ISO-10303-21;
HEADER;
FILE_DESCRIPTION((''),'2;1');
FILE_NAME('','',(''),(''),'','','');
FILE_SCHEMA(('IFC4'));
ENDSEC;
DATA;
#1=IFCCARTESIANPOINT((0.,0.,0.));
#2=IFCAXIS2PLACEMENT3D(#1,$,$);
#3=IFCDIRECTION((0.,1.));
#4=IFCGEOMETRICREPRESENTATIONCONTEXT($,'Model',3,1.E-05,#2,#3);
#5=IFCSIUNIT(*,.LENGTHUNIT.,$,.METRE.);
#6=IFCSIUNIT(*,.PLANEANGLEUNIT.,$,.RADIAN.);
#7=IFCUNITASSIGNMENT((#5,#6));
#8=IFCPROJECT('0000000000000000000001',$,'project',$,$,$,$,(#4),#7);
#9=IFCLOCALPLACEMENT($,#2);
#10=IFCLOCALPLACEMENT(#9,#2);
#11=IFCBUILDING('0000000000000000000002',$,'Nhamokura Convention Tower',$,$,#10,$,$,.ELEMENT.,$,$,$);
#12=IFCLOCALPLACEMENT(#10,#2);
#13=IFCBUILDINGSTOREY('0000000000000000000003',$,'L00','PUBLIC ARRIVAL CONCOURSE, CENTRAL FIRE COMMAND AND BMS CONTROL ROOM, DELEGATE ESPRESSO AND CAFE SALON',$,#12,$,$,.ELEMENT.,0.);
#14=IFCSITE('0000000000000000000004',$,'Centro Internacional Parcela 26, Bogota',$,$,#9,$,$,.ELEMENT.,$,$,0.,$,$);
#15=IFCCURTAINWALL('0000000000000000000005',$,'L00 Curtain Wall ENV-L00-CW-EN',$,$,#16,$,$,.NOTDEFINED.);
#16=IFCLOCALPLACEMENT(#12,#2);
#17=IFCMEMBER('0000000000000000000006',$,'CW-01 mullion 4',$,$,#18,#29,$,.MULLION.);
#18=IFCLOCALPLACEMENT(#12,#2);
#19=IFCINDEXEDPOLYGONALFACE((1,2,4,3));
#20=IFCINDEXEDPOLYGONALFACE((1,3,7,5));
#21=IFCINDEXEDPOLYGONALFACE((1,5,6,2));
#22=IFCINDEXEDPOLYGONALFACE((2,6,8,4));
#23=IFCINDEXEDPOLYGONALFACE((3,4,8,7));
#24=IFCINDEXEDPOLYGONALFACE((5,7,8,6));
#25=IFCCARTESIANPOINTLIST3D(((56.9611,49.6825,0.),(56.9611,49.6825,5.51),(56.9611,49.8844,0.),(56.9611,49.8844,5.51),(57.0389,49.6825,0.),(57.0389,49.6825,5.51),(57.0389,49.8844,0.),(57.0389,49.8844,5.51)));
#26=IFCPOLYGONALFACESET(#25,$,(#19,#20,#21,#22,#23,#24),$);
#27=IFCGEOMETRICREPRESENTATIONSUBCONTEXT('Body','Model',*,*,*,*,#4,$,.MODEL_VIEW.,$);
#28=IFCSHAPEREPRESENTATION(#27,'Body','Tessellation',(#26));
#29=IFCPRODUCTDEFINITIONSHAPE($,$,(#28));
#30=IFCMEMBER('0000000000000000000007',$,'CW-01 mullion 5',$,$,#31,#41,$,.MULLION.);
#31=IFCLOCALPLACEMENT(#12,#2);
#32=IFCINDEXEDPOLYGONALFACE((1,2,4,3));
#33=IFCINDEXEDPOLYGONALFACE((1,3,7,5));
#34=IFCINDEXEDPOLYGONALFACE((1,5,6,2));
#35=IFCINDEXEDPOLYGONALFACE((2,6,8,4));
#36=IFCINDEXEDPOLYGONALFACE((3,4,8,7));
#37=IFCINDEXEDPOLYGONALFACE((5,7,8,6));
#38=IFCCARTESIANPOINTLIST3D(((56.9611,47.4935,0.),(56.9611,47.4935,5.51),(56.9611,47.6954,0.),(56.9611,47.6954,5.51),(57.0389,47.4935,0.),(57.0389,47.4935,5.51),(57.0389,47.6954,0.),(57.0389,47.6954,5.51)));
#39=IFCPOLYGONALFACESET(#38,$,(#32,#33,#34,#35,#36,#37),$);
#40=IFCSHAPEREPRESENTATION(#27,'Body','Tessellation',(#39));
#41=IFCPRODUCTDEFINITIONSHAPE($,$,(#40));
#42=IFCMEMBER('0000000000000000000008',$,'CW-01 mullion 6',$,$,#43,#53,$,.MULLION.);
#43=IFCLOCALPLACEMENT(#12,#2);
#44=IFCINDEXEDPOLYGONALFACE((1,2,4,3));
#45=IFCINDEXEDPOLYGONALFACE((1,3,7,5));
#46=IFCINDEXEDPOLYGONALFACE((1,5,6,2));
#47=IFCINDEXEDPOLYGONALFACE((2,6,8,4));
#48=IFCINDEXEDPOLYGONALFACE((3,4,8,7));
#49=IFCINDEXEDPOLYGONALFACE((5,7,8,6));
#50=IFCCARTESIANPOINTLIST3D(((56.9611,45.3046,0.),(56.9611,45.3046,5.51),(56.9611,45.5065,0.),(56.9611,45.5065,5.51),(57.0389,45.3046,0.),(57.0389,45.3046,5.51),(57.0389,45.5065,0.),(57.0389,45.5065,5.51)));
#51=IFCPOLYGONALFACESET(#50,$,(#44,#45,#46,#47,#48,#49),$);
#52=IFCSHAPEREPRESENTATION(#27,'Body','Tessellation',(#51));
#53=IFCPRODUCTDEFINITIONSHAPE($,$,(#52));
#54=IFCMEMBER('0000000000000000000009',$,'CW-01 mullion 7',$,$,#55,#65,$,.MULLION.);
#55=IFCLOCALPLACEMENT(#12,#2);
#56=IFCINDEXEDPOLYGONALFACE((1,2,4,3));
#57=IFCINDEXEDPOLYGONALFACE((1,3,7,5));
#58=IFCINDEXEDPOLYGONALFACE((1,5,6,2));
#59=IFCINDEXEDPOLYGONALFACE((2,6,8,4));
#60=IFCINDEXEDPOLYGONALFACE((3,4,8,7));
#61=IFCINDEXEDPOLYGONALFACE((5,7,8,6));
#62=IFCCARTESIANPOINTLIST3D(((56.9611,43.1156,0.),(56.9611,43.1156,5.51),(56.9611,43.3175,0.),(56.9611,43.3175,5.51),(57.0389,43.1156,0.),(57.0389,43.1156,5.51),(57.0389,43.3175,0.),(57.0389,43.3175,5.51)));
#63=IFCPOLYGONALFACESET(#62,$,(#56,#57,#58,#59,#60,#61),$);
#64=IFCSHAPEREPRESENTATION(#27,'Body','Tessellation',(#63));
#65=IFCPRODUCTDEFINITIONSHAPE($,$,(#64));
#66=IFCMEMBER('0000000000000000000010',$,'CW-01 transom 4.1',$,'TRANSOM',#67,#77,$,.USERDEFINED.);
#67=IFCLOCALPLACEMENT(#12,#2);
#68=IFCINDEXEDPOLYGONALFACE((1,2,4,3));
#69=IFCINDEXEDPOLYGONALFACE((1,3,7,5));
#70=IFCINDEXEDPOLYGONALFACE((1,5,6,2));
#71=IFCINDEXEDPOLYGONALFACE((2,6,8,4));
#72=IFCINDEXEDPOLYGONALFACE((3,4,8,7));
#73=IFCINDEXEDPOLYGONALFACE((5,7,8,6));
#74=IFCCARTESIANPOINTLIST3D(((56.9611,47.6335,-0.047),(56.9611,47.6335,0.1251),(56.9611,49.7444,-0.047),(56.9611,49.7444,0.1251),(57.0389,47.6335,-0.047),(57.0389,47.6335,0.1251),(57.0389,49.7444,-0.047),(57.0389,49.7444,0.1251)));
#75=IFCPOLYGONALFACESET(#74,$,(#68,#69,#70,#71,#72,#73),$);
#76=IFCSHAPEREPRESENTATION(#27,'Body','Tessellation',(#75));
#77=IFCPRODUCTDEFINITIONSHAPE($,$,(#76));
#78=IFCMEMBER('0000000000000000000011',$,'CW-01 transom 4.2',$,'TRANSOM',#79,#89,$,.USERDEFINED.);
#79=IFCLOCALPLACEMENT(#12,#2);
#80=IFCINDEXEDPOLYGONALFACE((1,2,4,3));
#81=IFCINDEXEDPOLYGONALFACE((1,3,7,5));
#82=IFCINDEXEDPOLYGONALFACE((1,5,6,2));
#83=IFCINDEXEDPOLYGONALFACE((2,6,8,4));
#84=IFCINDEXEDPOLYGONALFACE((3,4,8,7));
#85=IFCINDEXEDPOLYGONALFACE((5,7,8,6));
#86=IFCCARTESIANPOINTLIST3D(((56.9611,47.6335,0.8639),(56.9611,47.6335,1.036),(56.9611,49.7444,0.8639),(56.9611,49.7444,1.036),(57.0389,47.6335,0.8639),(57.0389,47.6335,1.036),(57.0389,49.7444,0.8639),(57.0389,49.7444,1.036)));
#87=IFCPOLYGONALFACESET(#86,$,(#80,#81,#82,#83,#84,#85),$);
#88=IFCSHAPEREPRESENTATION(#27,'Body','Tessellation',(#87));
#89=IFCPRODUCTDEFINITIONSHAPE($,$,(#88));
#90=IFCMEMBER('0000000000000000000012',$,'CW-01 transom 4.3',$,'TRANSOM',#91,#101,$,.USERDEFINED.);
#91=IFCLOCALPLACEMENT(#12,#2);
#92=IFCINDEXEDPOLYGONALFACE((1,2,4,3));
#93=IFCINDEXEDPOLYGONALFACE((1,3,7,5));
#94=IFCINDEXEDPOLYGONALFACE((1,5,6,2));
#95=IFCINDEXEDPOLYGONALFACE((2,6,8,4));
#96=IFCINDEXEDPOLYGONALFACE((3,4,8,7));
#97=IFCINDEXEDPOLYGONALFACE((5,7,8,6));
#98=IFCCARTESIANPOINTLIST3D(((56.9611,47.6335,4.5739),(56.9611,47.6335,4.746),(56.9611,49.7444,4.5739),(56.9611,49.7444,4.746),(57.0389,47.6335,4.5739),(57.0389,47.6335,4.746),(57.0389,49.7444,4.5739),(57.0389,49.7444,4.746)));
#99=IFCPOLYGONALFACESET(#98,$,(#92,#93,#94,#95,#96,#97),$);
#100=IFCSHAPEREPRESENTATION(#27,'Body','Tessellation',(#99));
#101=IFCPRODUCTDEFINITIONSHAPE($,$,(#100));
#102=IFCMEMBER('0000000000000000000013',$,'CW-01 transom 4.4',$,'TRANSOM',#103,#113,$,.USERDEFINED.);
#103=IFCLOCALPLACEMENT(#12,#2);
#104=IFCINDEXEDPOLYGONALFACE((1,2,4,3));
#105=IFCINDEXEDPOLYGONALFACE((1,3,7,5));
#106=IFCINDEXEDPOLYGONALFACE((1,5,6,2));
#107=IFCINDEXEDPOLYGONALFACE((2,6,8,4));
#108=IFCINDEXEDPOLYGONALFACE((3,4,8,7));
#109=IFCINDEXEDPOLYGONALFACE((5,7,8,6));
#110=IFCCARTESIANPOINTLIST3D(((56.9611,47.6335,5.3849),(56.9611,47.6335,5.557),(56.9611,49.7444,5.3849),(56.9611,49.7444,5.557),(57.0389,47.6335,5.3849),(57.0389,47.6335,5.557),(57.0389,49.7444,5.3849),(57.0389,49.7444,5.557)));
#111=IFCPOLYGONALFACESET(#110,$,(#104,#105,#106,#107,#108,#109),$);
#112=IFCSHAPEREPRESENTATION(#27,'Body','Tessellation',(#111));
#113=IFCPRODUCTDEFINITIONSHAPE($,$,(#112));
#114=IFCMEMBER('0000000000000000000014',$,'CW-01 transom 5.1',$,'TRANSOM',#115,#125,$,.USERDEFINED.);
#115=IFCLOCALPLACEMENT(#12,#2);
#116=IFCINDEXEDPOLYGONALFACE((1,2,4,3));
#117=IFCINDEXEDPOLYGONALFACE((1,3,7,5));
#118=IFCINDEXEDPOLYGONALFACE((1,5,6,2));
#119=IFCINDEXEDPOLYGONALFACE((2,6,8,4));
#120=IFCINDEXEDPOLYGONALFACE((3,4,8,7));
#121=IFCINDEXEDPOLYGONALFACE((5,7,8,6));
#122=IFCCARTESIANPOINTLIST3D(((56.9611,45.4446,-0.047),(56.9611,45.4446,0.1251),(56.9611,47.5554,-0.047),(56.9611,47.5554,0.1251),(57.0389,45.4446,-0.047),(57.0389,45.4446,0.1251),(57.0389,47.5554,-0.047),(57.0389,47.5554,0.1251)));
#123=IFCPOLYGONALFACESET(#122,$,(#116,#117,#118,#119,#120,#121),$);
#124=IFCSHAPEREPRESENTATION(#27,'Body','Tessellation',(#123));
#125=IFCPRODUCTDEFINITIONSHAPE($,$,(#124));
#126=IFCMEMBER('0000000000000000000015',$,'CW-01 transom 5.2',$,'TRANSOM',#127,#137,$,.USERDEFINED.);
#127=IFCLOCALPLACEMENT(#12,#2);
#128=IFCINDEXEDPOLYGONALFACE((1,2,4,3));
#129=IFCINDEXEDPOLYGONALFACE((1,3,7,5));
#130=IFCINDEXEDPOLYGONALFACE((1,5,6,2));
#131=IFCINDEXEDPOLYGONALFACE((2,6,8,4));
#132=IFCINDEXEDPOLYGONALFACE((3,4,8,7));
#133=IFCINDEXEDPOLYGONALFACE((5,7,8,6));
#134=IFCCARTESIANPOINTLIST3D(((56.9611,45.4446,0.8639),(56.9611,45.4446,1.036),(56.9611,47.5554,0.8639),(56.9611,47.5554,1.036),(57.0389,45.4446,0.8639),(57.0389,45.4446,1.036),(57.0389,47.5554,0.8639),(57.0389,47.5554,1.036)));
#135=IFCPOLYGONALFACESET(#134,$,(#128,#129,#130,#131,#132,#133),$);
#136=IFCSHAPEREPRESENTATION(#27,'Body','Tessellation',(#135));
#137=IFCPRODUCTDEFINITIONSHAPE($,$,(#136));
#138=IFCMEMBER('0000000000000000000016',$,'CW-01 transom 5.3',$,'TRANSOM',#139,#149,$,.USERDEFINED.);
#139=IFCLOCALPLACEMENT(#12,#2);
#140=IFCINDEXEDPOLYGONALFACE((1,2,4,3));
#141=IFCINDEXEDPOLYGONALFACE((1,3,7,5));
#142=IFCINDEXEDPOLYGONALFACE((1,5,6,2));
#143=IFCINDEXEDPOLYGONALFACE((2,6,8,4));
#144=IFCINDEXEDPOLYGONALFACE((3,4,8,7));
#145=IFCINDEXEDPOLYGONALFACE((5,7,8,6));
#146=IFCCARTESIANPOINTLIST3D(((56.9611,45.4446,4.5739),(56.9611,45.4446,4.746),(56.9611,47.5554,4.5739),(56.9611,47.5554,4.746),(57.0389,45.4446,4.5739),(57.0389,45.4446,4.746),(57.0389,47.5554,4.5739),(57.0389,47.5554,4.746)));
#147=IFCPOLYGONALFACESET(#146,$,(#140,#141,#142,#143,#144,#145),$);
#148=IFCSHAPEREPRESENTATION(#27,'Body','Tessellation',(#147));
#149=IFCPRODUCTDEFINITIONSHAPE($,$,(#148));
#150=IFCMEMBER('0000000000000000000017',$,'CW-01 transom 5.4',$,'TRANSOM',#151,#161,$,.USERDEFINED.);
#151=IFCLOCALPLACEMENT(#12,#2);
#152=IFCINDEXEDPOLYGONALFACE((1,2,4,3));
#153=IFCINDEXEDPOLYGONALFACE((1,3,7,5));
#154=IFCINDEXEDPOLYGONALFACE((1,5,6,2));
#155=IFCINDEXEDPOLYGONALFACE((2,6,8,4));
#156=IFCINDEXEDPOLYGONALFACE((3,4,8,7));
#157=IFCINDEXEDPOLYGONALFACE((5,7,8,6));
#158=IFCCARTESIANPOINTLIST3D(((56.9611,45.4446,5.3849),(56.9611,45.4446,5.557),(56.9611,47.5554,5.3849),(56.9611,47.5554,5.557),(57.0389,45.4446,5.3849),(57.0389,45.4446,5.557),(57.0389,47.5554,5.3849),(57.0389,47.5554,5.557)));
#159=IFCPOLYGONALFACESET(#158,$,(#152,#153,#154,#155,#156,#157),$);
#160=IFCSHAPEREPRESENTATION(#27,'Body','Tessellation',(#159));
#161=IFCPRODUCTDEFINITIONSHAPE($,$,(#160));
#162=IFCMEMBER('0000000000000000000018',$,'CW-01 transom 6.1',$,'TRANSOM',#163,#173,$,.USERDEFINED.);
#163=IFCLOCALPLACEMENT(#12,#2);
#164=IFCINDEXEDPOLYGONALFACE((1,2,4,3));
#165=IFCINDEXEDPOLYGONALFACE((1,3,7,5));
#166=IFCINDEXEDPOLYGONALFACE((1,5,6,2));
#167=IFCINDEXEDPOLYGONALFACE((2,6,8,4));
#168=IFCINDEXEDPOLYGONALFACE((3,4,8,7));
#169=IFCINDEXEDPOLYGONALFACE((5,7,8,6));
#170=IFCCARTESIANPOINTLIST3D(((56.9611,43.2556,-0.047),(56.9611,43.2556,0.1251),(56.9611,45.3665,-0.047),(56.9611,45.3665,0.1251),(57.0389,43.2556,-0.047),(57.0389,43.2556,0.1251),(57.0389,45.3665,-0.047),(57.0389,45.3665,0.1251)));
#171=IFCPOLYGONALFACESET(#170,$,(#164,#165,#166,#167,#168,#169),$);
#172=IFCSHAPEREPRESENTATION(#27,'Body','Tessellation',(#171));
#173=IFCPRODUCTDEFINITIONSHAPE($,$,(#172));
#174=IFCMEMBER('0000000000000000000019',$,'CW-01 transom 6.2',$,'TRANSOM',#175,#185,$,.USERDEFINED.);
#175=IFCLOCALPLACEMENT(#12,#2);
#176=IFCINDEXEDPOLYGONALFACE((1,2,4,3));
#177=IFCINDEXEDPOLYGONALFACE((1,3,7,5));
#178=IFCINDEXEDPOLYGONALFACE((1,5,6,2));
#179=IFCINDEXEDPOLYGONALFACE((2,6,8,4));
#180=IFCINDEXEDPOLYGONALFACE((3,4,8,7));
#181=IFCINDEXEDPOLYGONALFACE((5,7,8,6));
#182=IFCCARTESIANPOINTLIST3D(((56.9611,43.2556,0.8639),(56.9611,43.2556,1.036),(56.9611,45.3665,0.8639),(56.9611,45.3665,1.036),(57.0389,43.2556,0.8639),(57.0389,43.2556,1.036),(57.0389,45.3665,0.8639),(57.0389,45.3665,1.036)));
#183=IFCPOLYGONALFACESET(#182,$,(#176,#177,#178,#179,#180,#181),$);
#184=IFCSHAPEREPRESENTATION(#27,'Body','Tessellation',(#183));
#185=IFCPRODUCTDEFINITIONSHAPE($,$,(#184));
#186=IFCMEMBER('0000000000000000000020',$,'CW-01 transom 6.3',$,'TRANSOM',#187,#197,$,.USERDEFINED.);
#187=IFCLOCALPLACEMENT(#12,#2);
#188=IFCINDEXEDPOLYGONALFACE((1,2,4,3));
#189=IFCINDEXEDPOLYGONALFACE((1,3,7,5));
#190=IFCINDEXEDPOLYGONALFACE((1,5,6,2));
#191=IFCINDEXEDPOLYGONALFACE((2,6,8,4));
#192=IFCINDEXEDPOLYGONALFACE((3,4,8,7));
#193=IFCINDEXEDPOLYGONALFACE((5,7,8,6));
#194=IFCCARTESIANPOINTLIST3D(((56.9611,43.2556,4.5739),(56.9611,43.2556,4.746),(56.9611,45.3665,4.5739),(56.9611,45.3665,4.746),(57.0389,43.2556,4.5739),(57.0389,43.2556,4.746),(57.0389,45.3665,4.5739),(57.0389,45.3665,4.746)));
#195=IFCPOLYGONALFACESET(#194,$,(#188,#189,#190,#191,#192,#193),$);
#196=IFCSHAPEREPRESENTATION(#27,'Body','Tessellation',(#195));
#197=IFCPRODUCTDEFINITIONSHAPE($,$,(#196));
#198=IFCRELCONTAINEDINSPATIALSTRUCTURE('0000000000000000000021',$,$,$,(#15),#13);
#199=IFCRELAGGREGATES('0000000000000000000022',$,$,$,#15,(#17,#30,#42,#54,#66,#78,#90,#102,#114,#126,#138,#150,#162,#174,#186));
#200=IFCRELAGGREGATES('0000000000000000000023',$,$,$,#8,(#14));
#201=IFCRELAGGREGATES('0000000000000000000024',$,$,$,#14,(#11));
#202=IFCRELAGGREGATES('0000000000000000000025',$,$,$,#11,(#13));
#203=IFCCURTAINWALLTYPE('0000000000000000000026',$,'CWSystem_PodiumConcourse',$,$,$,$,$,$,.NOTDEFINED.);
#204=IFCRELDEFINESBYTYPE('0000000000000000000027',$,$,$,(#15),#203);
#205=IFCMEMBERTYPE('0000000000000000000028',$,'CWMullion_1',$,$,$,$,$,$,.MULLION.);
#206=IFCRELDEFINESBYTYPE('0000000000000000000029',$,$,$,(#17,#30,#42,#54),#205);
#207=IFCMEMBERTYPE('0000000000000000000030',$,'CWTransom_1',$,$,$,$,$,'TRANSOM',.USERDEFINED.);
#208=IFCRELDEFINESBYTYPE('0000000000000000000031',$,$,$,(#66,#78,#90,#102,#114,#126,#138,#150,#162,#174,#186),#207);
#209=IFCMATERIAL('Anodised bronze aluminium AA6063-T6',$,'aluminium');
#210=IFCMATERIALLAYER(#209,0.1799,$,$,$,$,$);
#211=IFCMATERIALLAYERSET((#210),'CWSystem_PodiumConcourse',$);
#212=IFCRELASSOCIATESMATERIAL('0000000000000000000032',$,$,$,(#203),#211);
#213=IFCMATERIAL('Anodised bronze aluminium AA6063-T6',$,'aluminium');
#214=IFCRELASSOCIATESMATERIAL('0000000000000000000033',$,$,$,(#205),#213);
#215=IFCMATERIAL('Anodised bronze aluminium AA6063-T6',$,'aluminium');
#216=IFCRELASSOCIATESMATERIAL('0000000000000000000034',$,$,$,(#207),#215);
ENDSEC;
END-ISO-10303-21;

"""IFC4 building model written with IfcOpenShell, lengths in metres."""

from ifc_helpers import new_model, si_unit, direction, frame, origin, origin_2d, place, context, subcontext, project, spatial, rectangle, extrude, material, layer, layer_set, material_profile, profile_set, type_object, element, aggregate, save


model = new_model("IFC4")

# Units and contexts
model_context = context("Model", 3, precision=1e-05, world=origin(), true_north=direction((0.0, 1.0)))
body_context = subcontext(model_context, "Body", "Model", "MODEL_VIEW")
ifc_project = project(units=[si_unit("LENGTHUNIT", "METRE"), si_unit("PLANEANGLEUNIT", "RADIAN")], contexts=[model_context])

# Site, building, storey
site_placement = place(None, origin())
site = spatial("IfcSite", under=ifc_project, at=site_placement, Name="Centro Internacional Parcela 26, Bogota", CompositionType="ELEMENT", RefElevation=0.0)
building_placement = place(site_placement, origin())
building = spatial("IfcBuilding", under=site, at=building_placement, Name="Nhamokura Convention Tower", CompositionType="ELEMENT")
storey_placement = place(building_placement, origin())
storey = spatial("IfcBuildingStorey", under=building, at=storey_placement, Name="L00", Description="PUBLIC ARRIVAL CONCOURSE, CENTRAL FIRE COMMAND AND BMS CONTROL ROOM, DELEGATE ESPRESSO AND CAFE SALON", CompositionType="ELEMENT", Elevation=0.0)

# Curtain wall, members
ifc_material_1 = material(Name="Anodised bronze aluminium AA6063-T6", Category="aluminium")
ifc_layer_1 = layer(ifc_material_1, 0.1799)
ifc_layer_set_1 = layer_set([ifc_layer_1], Name="CWSystem_PodiumConcourse")
curtain_wall_type = type_object("IfcCurtainWallType", Name="CWSystem_PodiumConcourse", PredefinedType="NOTDEFINED", material=ifc_layer_set_1)
curtain_wall_placement = place(storey_placement, origin())
curtain_wall = element("IfcCurtainWall", 1, at=curtain_wall_placement, inside=storey, type_object=curtain_wall_type, Name="L00 Curtain Wall ENV-L00-CW-EN", PredefinedType="NOTDEFINED")
ifc_material_2 = material(Name="Anodised bronze aluminium AA6063-T6", Category="aluminium")
ifc_material_profile_1 = material_profile(ifc_material_2, rectangle(XDim=0.0779, YDim=0.2019, at=origin_2d()))
ifc_profile_set_1 = profile_set([ifc_material_profile_1], Name="Anodised bronze aluminium AA6063-T6")
member_type_1 = type_object("IfcMemberType", Name="CWMullion_1", PredefinedType="MULLION", material=ifc_profile_set_1)
member_1_placement = place(storey_placement, frame((57.0, 49.7834, 0.0), z_axis=(0.0, 0.0, 1.0), x_axis=(1.0, 0.0, 0.0)))
member_1 = element("IfcMember", 2, at=member_1_placement, type_object=member_type_1, Name="CW-01 mullion 4", PredefinedType="MULLION", context=body_context, shape_type="SweptSolid", body=[
    extrude(rectangle(XDim=0.0779, YDim=0.2019, at=origin_2d()), origin(), (0.0, 0.0, 1.0), 5.51),
])
member_2_placement = place(storey_placement, frame((57.0, 47.5945, 0.0), z_axis=(0.0, 0.0, 1.0), x_axis=(1.0, 0.0, 0.0)))
member_2 = element("IfcMember", 3, at=member_2_placement, type_object=member_type_1, Name="CW-01 mullion 5", PredefinedType="MULLION", context=body_context, shape_type="SweptSolid", body=[
    extrude(rectangle(XDim=0.0779, YDim=0.2019, at=origin_2d()), origin(), (0.0, 0.0, 1.0), 5.51),
])
member_3_placement = place(storey_placement, frame((57.0, 45.4055, 0.0), z_axis=(0.0, 0.0, 1.0), x_axis=(1.0, 0.0, 0.0)))
member_3 = element("IfcMember", 4, at=member_3_placement, type_object=member_type_1, Name="CW-01 mullion 6", PredefinedType="MULLION", context=body_context, shape_type="SweptSolid", body=[
    extrude(rectangle(XDim=0.0779, YDim=0.2019, at=origin_2d()), origin(), (0.0, 0.0, 1.0), 5.51),
])
member_4_placement = place(storey_placement, frame((57.0, 43.2166, 0.0), z_axis=(0.0, 0.0, 1.0), x_axis=(1.0, 0.0, 0.0)))
member_4 = element("IfcMember", 5, at=member_4_placement, type_object=member_type_1, Name="CW-01 mullion 7", PredefinedType="MULLION", context=body_context, shape_type="SweptSolid", body=[
    extrude(rectangle(XDim=0.0779, YDim=0.2019, at=origin_2d()), origin(), (0.0, 0.0, 1.0), 5.51),
])
ifc_material_3 = material(Name="Anodised bronze aluminium AA6063-T6", Category="aluminium")
ifc_material_profile_2 = material_profile(ifc_material_3, rectangle(XDim=0.0779, YDim=0.1721, at=origin_2d()))
ifc_profile_set_2 = profile_set([ifc_material_profile_2], Name="Anodised bronze aluminium AA6063-T6")
member_type_2 = type_object("IfcMemberType", Name="CWTransom_1", ElementType="TRANSOM", PredefinedType="USERDEFINED", material=ifc_profile_set_2)
member_5_placement = place(storey_placement, frame((57.0, 49.7444, 0.0391), z_axis=(0.0, -1.0, 0.0), x_axis=(1.0, 0.0, 0.0)))
member_5 = element("IfcMember", 6, at=member_5_placement, type_object=member_type_2, Name="CW-01 transom 4.1", ObjectType="TRANSOM", PredefinedType="USERDEFINED", context=body_context, shape_type="SweptSolid", body=[
    extrude(rectangle(XDim=0.0779, YDim=0.1721, at=origin_2d()), origin(), (0.0, 0.0, 1.0), 2.1108),
])
member_6_placement = place(storey_placement, frame((57.0, 49.7444, 0.95), z_axis=(0.0, -1.0, 0.0), x_axis=(1.0, 0.0, 0.0)))
member_6 = element("IfcMember", 7, at=member_6_placement, type_object=member_type_2, Name="CW-01 transom 4.2", ObjectType="TRANSOM", PredefinedType="USERDEFINED", context=body_context, shape_type="SweptSolid", body=[
    extrude(rectangle(XDim=0.0779, YDim=0.1721, at=origin_2d()), origin(), (0.0, 0.0, 1.0), 2.1108),
])
member_7_placement = place(storey_placement, frame((57.0, 49.7444, 4.6599), z_axis=(0.0, -1.0, 0.0), x_axis=(1.0, 0.0, 0.0)))
member_7 = element("IfcMember", 8, at=member_7_placement, type_object=member_type_2, Name="CW-01 transom 4.3", ObjectType="TRANSOM", PredefinedType="USERDEFINED", context=body_context, shape_type="SweptSolid", body=[
    extrude(rectangle(XDim=0.0779, YDim=0.1721, at=origin_2d()), origin(), (0.0, 0.0, 1.0), 2.1108),
])
member_8_placement = place(storey_placement, frame((57.0, 49.7444, 5.4709), z_axis=(0.0, -1.0, 0.0), x_axis=(1.0, 0.0, 0.0)))
member_8 = element("IfcMember", 9, at=member_8_placement, type_object=member_type_2, Name="CW-01 transom 4.4", ObjectType="TRANSOM", PredefinedType="USERDEFINED", context=body_context, shape_type="SweptSolid", body=[
    extrude(rectangle(XDim=0.0779, YDim=0.1721, at=origin_2d()), origin(), (0.0, 0.0, 1.0), 2.1108),
])
member_9_placement = place(storey_placement, frame((57.0, 47.5554, 0.0391), z_axis=(0.0, -1.0, 0.0), x_axis=(1.0, 0.0, 0.0)))
member_9 = element("IfcMember", 10, at=member_9_placement, type_object=member_type_2, Name="CW-01 transom 5.1", ObjectType="TRANSOM", PredefinedType="USERDEFINED", context=body_context, shape_type="SweptSolid", body=[
    extrude(rectangle(XDim=0.0779, YDim=0.1721, at=origin_2d()), origin(), (0.0, 0.0, 1.0), 2.1108),
])
member_10_placement = place(storey_placement, frame((57.0, 47.5554, 0.95), z_axis=(0.0, -1.0, 0.0), x_axis=(1.0, 0.0, 0.0)))
member_10 = element("IfcMember", 11, at=member_10_placement, type_object=member_type_2, Name="CW-01 transom 5.2", ObjectType="TRANSOM", PredefinedType="USERDEFINED", context=body_context, shape_type="SweptSolid", body=[
    extrude(rectangle(XDim=0.0779, YDim=0.1721, at=origin_2d()), origin(), (0.0, 0.0, 1.0), 2.1108),
])
member_11_placement = place(storey_placement, frame((57.0, 47.5554, 4.6599), z_axis=(0.0, -1.0, 0.0), x_axis=(1.0, 0.0, 0.0)))
member_11 = element("IfcMember", 12, at=member_11_placement, type_object=member_type_2, Name="CW-01 transom 5.3", ObjectType="TRANSOM", PredefinedType="USERDEFINED", context=body_context, shape_type="SweptSolid", body=[
    extrude(rectangle(XDim=0.0779, YDim=0.1721, at=origin_2d()), origin(), (0.0, 0.0, 1.0), 2.1108),
])
member_12_placement = place(storey_placement, frame((57.0, 47.5554, 5.4709), z_axis=(0.0, -1.0, 0.0), x_axis=(1.0, 0.0, 0.0)))
member_12 = element("IfcMember", 13, at=member_12_placement, type_object=member_type_2, Name="CW-01 transom 5.4", ObjectType="TRANSOM", PredefinedType="USERDEFINED", context=body_context, shape_type="SweptSolid", body=[
    extrude(rectangle(XDim=0.0779, YDim=0.1721, at=origin_2d()), origin(), (0.0, 0.0, 1.0), 2.1108),
])
member_13_placement = place(storey_placement, frame((57.0, 45.3665, 0.0391), z_axis=(0.0, -1.0, 0.0), x_axis=(1.0, 0.0, 0.0)))
member_13 = element("IfcMember", 14, at=member_13_placement, type_object=member_type_2, Name="CW-01 transom 6.1", ObjectType="TRANSOM", PredefinedType="USERDEFINED", context=body_context, shape_type="SweptSolid", body=[
    extrude(rectangle(XDim=0.0779, YDim=0.1721, at=origin_2d()), origin(), (0.0, 0.0, 1.0), 2.1108),
])
member_14_placement = place(storey_placement, frame((57.0, 45.3665, 0.95), z_axis=(0.0, -1.0, 0.0), x_axis=(1.0, 0.0, 0.0)))
member_14 = element("IfcMember", 15, at=member_14_placement, type_object=member_type_2, Name="CW-01 transom 6.2", ObjectType="TRANSOM", PredefinedType="USERDEFINED", context=body_context, shape_type="SweptSolid", body=[
    extrude(rectangle(XDim=0.0779, YDim=0.1721, at=origin_2d()), origin(), (0.0, 0.0, 1.0), 2.1108),
])
member_15_placement = place(storey_placement, frame((57.0, 45.3665, 4.6599), z_axis=(0.0, -1.0, 0.0), x_axis=(1.0, 0.0, 0.0)))
member_15 = element("IfcMember", 16, at=member_15_placement, type_object=member_type_2, Name="CW-01 transom 6.3", ObjectType="TRANSOM", PredefinedType="USERDEFINED", context=body_context, shape_type="SweptSolid", body=[
    extrude(rectangle(XDim=0.0779, YDim=0.1721, at=origin_2d()), origin(), (0.0, 0.0, 1.0), 2.1108),
])
aggregate(curtain_wall, [member_1, member_2, member_3, member_4, member_5, member_6, member_7, member_8, member_9, member_10, member_11, member_12, member_13, member_14, member_15])

save(model, "model.ifc")
